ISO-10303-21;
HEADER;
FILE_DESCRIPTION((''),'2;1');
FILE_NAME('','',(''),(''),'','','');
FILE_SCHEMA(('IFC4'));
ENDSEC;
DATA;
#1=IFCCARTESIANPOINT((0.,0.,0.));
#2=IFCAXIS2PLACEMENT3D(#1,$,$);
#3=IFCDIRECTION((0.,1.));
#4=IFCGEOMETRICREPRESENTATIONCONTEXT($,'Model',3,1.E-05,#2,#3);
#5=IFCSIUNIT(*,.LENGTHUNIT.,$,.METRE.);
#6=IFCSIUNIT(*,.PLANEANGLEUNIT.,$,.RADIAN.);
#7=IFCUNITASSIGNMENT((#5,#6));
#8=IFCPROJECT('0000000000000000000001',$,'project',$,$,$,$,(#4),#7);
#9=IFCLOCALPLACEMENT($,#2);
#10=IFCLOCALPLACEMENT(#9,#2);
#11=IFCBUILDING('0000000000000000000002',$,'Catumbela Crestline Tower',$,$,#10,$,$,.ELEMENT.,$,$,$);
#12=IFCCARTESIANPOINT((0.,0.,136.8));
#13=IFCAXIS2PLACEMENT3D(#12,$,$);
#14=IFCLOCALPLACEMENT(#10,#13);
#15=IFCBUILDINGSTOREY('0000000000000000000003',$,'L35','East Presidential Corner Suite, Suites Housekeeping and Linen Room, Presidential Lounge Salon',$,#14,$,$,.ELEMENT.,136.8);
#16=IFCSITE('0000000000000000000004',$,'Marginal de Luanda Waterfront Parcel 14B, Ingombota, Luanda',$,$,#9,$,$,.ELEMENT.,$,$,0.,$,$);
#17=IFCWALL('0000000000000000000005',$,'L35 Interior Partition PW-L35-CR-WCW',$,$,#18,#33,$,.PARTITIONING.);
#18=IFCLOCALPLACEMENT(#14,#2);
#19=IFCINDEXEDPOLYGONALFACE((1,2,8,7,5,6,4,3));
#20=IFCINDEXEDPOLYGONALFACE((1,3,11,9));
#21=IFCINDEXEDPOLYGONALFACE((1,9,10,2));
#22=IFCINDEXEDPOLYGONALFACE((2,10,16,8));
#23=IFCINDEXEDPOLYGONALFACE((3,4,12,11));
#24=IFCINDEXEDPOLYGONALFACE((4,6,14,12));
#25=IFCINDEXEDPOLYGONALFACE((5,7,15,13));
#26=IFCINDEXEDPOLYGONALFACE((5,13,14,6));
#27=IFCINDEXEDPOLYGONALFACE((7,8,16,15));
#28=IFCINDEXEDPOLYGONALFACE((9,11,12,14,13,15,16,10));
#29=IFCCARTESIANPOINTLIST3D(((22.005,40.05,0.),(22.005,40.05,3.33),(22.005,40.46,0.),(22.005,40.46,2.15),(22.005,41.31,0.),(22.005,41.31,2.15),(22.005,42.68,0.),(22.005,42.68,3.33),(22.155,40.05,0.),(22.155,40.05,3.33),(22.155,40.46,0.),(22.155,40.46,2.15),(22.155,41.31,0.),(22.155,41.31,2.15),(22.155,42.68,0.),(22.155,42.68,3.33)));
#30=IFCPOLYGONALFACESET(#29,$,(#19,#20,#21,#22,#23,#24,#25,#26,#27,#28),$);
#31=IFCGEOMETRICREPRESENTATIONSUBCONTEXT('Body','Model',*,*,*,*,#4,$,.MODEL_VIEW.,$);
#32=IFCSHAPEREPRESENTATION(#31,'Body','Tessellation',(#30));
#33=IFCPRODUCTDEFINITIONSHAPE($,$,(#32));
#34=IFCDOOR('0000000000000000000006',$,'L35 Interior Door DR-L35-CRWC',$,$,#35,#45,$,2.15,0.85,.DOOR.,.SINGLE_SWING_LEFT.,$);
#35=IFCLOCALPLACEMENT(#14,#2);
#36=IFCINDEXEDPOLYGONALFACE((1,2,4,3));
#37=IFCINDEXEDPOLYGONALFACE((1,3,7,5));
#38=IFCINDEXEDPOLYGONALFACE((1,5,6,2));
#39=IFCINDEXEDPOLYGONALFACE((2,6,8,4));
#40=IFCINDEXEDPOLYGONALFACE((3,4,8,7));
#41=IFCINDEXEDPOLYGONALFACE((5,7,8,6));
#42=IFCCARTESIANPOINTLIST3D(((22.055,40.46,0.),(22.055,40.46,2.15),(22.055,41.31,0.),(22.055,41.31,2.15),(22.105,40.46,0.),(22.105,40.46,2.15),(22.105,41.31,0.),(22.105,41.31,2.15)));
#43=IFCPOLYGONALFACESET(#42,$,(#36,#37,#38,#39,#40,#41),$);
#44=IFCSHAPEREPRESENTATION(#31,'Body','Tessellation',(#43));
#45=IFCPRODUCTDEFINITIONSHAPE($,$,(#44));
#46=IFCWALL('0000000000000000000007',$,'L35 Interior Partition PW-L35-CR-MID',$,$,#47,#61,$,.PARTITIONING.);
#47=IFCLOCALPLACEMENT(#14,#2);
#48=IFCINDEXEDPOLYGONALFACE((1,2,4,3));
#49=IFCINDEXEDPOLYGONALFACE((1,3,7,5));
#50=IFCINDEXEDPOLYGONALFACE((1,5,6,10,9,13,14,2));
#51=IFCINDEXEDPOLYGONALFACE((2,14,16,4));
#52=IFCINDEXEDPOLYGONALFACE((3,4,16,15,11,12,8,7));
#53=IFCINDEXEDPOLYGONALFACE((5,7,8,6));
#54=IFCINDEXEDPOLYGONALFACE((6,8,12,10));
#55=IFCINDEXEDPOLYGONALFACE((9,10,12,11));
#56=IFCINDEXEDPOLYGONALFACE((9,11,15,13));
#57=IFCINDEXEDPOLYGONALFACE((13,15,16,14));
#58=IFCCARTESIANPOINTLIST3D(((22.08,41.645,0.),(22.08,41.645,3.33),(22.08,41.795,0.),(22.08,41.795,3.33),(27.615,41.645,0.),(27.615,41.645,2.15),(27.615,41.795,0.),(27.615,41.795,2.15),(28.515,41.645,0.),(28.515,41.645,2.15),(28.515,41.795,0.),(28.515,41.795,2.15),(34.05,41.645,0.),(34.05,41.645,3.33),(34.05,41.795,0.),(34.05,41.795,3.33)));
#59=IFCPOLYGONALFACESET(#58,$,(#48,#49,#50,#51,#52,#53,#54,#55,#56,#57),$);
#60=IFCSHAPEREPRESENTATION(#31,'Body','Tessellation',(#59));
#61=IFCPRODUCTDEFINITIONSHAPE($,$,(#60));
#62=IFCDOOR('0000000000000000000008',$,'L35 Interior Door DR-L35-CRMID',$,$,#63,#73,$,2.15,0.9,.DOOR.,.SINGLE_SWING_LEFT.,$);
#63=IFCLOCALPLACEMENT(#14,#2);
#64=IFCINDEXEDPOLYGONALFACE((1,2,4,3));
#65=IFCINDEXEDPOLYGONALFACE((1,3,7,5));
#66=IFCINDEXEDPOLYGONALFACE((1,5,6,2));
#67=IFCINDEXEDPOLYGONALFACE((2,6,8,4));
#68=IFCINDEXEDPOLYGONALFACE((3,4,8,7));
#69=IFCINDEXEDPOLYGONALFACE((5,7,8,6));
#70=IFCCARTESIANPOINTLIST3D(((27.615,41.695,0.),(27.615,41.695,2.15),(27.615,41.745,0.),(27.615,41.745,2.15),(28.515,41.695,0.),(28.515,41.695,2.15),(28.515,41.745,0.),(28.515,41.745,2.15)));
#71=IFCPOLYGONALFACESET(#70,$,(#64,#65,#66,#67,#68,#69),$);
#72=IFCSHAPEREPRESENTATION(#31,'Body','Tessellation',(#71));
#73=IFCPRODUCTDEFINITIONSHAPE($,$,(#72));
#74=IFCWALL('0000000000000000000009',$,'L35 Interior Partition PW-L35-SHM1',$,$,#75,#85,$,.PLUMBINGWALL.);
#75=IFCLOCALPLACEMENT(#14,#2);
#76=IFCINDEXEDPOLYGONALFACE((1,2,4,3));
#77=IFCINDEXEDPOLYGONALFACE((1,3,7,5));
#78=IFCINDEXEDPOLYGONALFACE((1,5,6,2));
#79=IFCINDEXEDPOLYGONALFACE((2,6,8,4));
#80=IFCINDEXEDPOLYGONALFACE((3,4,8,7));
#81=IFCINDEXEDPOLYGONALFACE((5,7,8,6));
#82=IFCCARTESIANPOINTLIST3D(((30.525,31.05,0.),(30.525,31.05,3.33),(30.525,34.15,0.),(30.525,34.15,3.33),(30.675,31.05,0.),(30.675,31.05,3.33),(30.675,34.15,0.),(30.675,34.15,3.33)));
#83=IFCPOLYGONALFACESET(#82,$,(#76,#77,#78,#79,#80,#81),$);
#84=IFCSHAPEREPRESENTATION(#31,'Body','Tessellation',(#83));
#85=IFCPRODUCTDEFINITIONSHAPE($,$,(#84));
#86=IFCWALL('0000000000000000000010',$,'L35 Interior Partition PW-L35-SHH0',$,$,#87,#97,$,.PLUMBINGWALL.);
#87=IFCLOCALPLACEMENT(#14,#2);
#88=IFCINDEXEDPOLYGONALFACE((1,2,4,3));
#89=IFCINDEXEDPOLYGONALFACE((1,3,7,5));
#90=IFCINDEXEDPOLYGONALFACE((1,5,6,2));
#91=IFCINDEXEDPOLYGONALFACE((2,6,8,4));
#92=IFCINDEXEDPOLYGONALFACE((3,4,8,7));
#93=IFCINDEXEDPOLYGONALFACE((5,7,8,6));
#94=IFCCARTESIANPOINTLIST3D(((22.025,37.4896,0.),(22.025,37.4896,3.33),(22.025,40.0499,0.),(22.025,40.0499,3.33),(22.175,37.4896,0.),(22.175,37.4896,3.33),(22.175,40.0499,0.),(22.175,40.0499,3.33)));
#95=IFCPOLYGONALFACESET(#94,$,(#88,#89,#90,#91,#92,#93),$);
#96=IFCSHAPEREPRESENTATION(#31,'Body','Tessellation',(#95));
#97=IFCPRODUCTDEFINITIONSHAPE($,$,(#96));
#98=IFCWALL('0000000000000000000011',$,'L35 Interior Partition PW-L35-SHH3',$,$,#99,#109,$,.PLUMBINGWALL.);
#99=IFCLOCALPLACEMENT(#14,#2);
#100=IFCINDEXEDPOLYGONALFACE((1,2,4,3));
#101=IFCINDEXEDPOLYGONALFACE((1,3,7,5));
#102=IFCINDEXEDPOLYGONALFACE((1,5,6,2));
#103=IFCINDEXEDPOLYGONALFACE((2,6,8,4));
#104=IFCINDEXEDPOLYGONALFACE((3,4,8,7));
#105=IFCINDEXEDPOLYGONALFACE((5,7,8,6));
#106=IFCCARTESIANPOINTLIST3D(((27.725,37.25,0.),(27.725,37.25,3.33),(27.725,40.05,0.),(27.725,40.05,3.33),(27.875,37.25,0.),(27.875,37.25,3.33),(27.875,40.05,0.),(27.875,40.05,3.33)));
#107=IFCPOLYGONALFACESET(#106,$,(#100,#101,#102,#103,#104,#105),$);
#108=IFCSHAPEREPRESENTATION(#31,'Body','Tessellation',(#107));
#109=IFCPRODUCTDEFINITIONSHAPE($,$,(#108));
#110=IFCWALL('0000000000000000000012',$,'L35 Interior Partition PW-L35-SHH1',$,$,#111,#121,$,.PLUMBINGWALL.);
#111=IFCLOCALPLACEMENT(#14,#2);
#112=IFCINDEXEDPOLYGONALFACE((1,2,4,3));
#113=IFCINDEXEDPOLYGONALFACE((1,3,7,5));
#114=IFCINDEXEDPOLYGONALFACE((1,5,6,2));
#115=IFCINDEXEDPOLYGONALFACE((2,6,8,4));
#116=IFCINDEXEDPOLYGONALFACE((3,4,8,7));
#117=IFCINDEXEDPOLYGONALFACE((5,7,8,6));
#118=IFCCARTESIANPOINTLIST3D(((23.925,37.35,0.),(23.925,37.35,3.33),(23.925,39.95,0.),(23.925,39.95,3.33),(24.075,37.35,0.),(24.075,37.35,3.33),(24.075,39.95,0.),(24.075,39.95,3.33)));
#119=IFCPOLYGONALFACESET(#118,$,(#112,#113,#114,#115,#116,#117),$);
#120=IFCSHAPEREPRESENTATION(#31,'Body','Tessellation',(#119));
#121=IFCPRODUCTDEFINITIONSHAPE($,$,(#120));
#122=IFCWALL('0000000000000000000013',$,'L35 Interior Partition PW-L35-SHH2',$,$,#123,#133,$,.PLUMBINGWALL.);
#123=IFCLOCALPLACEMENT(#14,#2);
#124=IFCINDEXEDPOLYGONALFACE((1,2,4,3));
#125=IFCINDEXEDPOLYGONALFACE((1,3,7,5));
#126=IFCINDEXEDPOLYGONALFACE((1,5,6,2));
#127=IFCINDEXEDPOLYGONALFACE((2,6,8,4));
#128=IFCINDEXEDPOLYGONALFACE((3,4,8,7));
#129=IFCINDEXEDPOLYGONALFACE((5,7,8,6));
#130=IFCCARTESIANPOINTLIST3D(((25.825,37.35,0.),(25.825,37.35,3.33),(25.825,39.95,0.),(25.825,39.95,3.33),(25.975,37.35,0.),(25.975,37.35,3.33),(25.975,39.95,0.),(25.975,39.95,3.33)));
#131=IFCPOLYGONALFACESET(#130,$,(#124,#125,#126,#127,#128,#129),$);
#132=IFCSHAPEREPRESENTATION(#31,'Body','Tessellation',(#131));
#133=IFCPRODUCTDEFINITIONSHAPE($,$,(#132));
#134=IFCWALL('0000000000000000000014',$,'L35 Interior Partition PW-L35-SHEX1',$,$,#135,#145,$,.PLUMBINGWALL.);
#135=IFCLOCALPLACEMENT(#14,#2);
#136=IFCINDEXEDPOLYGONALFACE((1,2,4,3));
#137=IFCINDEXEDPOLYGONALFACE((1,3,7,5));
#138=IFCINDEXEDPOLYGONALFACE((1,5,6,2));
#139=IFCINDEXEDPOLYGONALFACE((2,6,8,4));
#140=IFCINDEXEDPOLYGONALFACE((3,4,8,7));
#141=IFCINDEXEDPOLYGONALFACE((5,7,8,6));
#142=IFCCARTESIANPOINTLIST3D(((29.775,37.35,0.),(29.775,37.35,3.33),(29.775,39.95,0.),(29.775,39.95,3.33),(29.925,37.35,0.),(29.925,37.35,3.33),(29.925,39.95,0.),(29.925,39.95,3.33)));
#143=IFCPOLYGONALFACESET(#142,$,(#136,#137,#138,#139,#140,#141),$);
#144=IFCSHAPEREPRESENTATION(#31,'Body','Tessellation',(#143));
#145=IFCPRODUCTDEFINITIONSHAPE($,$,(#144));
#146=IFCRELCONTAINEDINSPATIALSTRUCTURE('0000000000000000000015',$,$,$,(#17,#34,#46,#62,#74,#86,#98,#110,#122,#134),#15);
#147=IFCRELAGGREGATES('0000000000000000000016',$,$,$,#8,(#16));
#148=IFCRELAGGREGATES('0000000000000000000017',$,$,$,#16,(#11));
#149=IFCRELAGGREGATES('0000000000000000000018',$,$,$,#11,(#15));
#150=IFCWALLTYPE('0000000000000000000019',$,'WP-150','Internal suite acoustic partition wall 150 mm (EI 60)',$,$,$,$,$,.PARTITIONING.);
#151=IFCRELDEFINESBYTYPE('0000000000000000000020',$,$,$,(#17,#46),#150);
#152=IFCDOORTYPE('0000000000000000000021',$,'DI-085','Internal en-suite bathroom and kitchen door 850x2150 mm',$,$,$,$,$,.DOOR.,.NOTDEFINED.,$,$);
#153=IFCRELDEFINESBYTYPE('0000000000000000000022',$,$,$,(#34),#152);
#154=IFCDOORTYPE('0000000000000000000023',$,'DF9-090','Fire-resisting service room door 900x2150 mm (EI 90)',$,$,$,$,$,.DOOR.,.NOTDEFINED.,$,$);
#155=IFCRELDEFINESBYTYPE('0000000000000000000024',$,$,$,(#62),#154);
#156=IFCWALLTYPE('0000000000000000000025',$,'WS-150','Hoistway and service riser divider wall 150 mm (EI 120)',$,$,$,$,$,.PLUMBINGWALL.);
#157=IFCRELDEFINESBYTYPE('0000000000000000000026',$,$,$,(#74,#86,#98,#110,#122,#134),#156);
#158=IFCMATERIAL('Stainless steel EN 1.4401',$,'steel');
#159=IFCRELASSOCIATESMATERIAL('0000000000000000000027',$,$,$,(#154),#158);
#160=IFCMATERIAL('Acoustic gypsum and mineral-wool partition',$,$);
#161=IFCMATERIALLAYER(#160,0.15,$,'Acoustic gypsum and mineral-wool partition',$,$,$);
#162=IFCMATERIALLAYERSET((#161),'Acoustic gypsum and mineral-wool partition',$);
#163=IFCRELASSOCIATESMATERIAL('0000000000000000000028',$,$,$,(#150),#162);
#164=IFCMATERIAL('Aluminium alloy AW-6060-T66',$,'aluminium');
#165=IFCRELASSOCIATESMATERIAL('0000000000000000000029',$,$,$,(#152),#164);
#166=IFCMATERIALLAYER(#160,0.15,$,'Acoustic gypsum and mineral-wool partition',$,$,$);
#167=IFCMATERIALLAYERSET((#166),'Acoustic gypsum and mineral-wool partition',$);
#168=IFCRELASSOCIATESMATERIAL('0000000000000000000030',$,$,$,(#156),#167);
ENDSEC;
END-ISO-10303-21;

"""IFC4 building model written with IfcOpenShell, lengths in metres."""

from ifc_helpers import new_model, si_unit, direction, frame, frame_2d, origin, place, context, subcontext, project, spatial, rectangle, extrude, material, layer, layer_set, type_object, element, fill, save


model = new_model("IFC4")

# Units and contexts
model_context = context("Model", 3, precision=1e-05, world=origin(), true_north=direction((0.0, 1.0)))
body_context = subcontext(model_context, "Body", "Model", "MODEL_VIEW")
ifc_project = project(units=[si_unit("LENGTHUNIT", "METRE"), si_unit("PLANEANGLEUNIT", "RADIAN")], contexts=[model_context])

# Site, building, storey
site_placement = place(None, origin())
site = spatial("IfcSite", under=ifc_project, at=site_placement, Name="Marginal de Luanda Waterfront Parcel 14B, Ingombota, Luanda", CompositionType="ELEMENT", RefElevation=0.0)
building_placement = place(site_placement, origin())
building = spatial("IfcBuilding", under=site, at=building_placement, Name="Catumbela Crestline Tower", CompositionType="ELEMENT")
storey_placement = place(building_placement, frame((0.0, 0.0, 136.8)))
storey = spatial("IfcBuildingStorey", under=building, at=storey_placement, Name="L35", Description="East Presidential Corner Suite, Suites Housekeeping and Linen Room, Presidential Lounge Salon", CompositionType="ELEMENT", Elevation=136.8)

# Shared definitions
ifc_material_1 = material(Name="Aluminium alloy AW-6060-T66", Category="aluminium")

# Shared definitions
ifc_material_2 = material(Name="Stainless steel EN 1.4401", Category="steel")

# Shared definitions
door_type_1 = type_object("IfcDoorType", Name="DF9-090", Description="Fire-resisting service room door 900x2150 mm (EI 90)", OperationType="NOTDEFINED", PredefinedType="DOOR", material=ifc_material_2)

# Walls, openings, doors
ifc_material_3 = material(Name="Acoustic gypsum and mineral-wool partition")
ifc_layer_1 = layer(ifc_material_3, 0.15, Name="Acoustic gypsum and mineral-wool partition")
ifc_layer_set_1 = layer_set([ifc_layer_1], Name="Acoustic gypsum and mineral-wool partition")
wall_type_1 = type_object("IfcWallType", Name="WP-150", Description="Internal suite acoustic partition wall 150 mm (EI 60)", PredefinedType="PARTITIONING", material=ifc_layer_set_1)
wall_1_placement = place(storey_placement, frame((22.08, 40.05, 0.0), z_axis=(0.0, 0.0, 1.0), x_axis=(0.0, 1.0, 0.0)))
wall_1 = element("IfcWall", 1, at=wall_1_placement, inside=storey, type_object=wall_type_1, Name="L35 Interior Partition PW-L35-CR-WCW", PredefinedType="PARTITIONING", context=body_context, shape_type="SweptSolid", body=[
    extrude(rectangle(XDim=2.63, YDim=0.15, at=frame_2d((1.315, 0.0))), origin(), (0.0, 0.0, 1.0), 3.33),
])
opening_1_placement = place(wall_1_placement, frame((0.41, 0.0, 0.0)))
opening_1 = element("IfcOpeningElement", 2, at=opening_1_placement, cuts=wall_1, PredefinedType="OPENING", context=body_context, shape_type="SweptSolid", body=[
    extrude(rectangle(XDim=0.85, YDim=2.15, at=frame_2d((0.425, 1.075))), frame((0.0, 0.085, 0.0), z_axis=(0.0, -1.0, 0.0), x_axis=(1.0, 0.0, 0.0)), (0.0, 0.0, 1.0), 0.17),
])
door_type_2 = type_object("IfcDoorType", Name="DI-085", Description="Internal en-suite bathroom and kitchen door 850x2150 mm", OperationType="NOTDEFINED", PredefinedType="DOOR", material=ifc_material_1)
door_1_placement = place(opening_1_placement, origin())
door_1 = element("IfcDoor", 3, at=door_1_placement, inside=storey, type_object=door_type_2, Name="L35 Interior Door DR-L35-CRWC", OperationType="SINGLE_SWING_LEFT", OverallHeight=2.15, OverallWidth=0.85, PredefinedType="DOOR", context=body_context, shape_type="SweptSolid", body=[
    extrude(rectangle(XDim=0.85, YDim=2.15, at=frame_2d((0.425, 1.075))), frame((0.0, 0.025, 0.0), z_axis=(0.0, -1.0, 0.0), x_axis=(1.0, 0.0, 0.0)), (0.0, 0.0, 1.0), 0.05),
])
fill(opening_1, door_1)
wall_2_placement = place(storey_placement, frame((22.08, 41.72, 0.0), z_axis=(0.0, 0.0, 1.0), x_axis=(1.0, 0.0, 0.0)))
wall_2 = element("IfcWall", 4, at=wall_2_placement, inside=storey, type_object=wall_type_1, Name="L35 Interior Partition PW-L35-CR-MID", PredefinedType="PARTITIONING", context=body_context, shape_type="SweptSolid", body=[
    extrude(rectangle(XDim=11.97, YDim=0.15, at=frame_2d((5.985, 0.0))), origin(), (0.0, 0.0, 1.0), 3.33),
])
opening_2_placement = place(wall_2_placement, frame((5.535, 0.0, 0.0)))
opening_2 = element("IfcOpeningElement", 5, at=opening_2_placement, cuts=wall_2, PredefinedType="OPENING", context=body_context, shape_type="SweptSolid", body=[
    extrude(rectangle(XDim=0.9, YDim=2.15, at=frame_2d((0.45, 1.075))), frame((0.0, 0.085, 0.0), z_axis=(0.0, -1.0, 0.0), x_axis=(1.0, 0.0, 0.0)), (0.0, 0.0, 1.0), 0.17),
])
door_2_placement = place(opening_2_placement, origin())
door_2 = element("IfcDoor", 6, at=door_2_placement, inside=storey, type_object=door_type_1, Name="L35 Interior Door DR-L35-CRMID", OperationType="SINGLE_SWING_LEFT", OverallHeight=2.15, OverallWidth=0.9, PredefinedType="DOOR", context=body_context, shape_type="SweptSolid", body=[
    extrude(rectangle(XDim=0.9, YDim=2.15, at=frame_2d((0.45, 1.075))), frame((0.0, 0.025, 0.0), z_axis=(0.0, -1.0, 0.0), x_axis=(1.0, 0.0, 0.0)), (0.0, 0.0, 1.0), 0.05),
])
fill(opening_2, door_2)

# Walls
ifc_layer_2 = layer(ifc_material_3, 0.15, Name="Acoustic gypsum and mineral-wool partition")
ifc_layer_set_2 = layer_set([ifc_layer_2], Name="Acoustic gypsum and mineral-wool partition")
wall_type_2 = type_object("IfcWallType", Name="WS-150", Description="Hoistway and service riser divider wall 150 mm (EI 120)", PredefinedType="PLUMBINGWALL", material=ifc_layer_set_2)
wall_3_placement = place(storey_placement, frame((30.6, 31.05, 0.0), z_axis=(0.0, 0.0, 1.0), x_axis=(0.0, 1.0, 0.0)))
element("IfcWall", 7, at=wall_3_placement, inside=storey, type_object=wall_type_2, Name="L35 Interior Partition PW-L35-SHM1", PredefinedType="PLUMBINGWALL", context=body_context, shape_type="SweptSolid", body=[
    extrude(rectangle(XDim=3.1, YDim=0.15, at=frame_2d((1.55, 0.0))), origin(), (0.0, 0.0, 1.0), 3.33),
])
wall_4_placement = place(storey_placement, frame((22.1, 37.4897, 0.0), z_axis=(0.0, 0.0, 1.0), x_axis=(0.0, 1.0, 0.0)))
element("IfcWall", 8, at=wall_4_placement, inside=storey, type_object=wall_type_2, Name="L35 Interior Partition PW-L35-SHH0", PredefinedType="PLUMBINGWALL", context=body_context, shape_type="SweptSolid", body=[
    extrude(rectangle(XDim=2.5603, YDim=0.15, at=frame_2d((1.2801, 0.0))), origin(), (0.0, 0.0, 1.0), 3.33),
])
wall_5_placement = place(storey_placement, frame((27.8, 37.25, 0.0), z_axis=(0.0, 0.0, 1.0), x_axis=(0.0, 1.0, 0.0)))
element("IfcWall", 9, at=wall_5_placement, inside=storey, type_object=wall_type_2, Name="L35 Interior Partition PW-L35-SHH3", PredefinedType="PLUMBINGWALL", context=body_context, shape_type="SweptSolid", body=[
    extrude(rectangle(XDim=2.8, YDim=0.15, at=frame_2d((1.4, 0.0))), origin(), (0.0, 0.0, 1.0), 3.33),
])
for number, where, z_axis, x_axis, name in (
    (10, (24.0, 37.35, 0.0), (0.0, 0.0, 1.0), (0.0, 1.0, 0.0), "L35 Interior Partition PW-L35-SHH1"),
    (11, (25.9, 37.35, 0.0), (0.0, 0.0, 1.0), (0.0, 1.0, 0.0), "L35 Interior Partition PW-L35-SHH2"),
    (12, (29.85, 37.35, 0.0), (0.0, 0.0, 1.0), (0.0, 1.0, 0.0), "L35 Interior Partition PW-L35-SHEX1"),
):
    element("IfcWall", number, at=place(storey_placement, frame(where, z_axis=z_axis, x_axis=x_axis)), inside=storey, type_object=wall_type_2, Name=name, PredefinedType="PLUMBINGWALL", context=body_context, shape_type="SweptSolid", body=[
        extrude(rectangle(XDim=2.6, YDim=0.15, at=frame_2d((1.3, 0.0))), origin(), (0.0, 0.0, 1.0), 3.33),
    ])

save(model, "model.ifc")
